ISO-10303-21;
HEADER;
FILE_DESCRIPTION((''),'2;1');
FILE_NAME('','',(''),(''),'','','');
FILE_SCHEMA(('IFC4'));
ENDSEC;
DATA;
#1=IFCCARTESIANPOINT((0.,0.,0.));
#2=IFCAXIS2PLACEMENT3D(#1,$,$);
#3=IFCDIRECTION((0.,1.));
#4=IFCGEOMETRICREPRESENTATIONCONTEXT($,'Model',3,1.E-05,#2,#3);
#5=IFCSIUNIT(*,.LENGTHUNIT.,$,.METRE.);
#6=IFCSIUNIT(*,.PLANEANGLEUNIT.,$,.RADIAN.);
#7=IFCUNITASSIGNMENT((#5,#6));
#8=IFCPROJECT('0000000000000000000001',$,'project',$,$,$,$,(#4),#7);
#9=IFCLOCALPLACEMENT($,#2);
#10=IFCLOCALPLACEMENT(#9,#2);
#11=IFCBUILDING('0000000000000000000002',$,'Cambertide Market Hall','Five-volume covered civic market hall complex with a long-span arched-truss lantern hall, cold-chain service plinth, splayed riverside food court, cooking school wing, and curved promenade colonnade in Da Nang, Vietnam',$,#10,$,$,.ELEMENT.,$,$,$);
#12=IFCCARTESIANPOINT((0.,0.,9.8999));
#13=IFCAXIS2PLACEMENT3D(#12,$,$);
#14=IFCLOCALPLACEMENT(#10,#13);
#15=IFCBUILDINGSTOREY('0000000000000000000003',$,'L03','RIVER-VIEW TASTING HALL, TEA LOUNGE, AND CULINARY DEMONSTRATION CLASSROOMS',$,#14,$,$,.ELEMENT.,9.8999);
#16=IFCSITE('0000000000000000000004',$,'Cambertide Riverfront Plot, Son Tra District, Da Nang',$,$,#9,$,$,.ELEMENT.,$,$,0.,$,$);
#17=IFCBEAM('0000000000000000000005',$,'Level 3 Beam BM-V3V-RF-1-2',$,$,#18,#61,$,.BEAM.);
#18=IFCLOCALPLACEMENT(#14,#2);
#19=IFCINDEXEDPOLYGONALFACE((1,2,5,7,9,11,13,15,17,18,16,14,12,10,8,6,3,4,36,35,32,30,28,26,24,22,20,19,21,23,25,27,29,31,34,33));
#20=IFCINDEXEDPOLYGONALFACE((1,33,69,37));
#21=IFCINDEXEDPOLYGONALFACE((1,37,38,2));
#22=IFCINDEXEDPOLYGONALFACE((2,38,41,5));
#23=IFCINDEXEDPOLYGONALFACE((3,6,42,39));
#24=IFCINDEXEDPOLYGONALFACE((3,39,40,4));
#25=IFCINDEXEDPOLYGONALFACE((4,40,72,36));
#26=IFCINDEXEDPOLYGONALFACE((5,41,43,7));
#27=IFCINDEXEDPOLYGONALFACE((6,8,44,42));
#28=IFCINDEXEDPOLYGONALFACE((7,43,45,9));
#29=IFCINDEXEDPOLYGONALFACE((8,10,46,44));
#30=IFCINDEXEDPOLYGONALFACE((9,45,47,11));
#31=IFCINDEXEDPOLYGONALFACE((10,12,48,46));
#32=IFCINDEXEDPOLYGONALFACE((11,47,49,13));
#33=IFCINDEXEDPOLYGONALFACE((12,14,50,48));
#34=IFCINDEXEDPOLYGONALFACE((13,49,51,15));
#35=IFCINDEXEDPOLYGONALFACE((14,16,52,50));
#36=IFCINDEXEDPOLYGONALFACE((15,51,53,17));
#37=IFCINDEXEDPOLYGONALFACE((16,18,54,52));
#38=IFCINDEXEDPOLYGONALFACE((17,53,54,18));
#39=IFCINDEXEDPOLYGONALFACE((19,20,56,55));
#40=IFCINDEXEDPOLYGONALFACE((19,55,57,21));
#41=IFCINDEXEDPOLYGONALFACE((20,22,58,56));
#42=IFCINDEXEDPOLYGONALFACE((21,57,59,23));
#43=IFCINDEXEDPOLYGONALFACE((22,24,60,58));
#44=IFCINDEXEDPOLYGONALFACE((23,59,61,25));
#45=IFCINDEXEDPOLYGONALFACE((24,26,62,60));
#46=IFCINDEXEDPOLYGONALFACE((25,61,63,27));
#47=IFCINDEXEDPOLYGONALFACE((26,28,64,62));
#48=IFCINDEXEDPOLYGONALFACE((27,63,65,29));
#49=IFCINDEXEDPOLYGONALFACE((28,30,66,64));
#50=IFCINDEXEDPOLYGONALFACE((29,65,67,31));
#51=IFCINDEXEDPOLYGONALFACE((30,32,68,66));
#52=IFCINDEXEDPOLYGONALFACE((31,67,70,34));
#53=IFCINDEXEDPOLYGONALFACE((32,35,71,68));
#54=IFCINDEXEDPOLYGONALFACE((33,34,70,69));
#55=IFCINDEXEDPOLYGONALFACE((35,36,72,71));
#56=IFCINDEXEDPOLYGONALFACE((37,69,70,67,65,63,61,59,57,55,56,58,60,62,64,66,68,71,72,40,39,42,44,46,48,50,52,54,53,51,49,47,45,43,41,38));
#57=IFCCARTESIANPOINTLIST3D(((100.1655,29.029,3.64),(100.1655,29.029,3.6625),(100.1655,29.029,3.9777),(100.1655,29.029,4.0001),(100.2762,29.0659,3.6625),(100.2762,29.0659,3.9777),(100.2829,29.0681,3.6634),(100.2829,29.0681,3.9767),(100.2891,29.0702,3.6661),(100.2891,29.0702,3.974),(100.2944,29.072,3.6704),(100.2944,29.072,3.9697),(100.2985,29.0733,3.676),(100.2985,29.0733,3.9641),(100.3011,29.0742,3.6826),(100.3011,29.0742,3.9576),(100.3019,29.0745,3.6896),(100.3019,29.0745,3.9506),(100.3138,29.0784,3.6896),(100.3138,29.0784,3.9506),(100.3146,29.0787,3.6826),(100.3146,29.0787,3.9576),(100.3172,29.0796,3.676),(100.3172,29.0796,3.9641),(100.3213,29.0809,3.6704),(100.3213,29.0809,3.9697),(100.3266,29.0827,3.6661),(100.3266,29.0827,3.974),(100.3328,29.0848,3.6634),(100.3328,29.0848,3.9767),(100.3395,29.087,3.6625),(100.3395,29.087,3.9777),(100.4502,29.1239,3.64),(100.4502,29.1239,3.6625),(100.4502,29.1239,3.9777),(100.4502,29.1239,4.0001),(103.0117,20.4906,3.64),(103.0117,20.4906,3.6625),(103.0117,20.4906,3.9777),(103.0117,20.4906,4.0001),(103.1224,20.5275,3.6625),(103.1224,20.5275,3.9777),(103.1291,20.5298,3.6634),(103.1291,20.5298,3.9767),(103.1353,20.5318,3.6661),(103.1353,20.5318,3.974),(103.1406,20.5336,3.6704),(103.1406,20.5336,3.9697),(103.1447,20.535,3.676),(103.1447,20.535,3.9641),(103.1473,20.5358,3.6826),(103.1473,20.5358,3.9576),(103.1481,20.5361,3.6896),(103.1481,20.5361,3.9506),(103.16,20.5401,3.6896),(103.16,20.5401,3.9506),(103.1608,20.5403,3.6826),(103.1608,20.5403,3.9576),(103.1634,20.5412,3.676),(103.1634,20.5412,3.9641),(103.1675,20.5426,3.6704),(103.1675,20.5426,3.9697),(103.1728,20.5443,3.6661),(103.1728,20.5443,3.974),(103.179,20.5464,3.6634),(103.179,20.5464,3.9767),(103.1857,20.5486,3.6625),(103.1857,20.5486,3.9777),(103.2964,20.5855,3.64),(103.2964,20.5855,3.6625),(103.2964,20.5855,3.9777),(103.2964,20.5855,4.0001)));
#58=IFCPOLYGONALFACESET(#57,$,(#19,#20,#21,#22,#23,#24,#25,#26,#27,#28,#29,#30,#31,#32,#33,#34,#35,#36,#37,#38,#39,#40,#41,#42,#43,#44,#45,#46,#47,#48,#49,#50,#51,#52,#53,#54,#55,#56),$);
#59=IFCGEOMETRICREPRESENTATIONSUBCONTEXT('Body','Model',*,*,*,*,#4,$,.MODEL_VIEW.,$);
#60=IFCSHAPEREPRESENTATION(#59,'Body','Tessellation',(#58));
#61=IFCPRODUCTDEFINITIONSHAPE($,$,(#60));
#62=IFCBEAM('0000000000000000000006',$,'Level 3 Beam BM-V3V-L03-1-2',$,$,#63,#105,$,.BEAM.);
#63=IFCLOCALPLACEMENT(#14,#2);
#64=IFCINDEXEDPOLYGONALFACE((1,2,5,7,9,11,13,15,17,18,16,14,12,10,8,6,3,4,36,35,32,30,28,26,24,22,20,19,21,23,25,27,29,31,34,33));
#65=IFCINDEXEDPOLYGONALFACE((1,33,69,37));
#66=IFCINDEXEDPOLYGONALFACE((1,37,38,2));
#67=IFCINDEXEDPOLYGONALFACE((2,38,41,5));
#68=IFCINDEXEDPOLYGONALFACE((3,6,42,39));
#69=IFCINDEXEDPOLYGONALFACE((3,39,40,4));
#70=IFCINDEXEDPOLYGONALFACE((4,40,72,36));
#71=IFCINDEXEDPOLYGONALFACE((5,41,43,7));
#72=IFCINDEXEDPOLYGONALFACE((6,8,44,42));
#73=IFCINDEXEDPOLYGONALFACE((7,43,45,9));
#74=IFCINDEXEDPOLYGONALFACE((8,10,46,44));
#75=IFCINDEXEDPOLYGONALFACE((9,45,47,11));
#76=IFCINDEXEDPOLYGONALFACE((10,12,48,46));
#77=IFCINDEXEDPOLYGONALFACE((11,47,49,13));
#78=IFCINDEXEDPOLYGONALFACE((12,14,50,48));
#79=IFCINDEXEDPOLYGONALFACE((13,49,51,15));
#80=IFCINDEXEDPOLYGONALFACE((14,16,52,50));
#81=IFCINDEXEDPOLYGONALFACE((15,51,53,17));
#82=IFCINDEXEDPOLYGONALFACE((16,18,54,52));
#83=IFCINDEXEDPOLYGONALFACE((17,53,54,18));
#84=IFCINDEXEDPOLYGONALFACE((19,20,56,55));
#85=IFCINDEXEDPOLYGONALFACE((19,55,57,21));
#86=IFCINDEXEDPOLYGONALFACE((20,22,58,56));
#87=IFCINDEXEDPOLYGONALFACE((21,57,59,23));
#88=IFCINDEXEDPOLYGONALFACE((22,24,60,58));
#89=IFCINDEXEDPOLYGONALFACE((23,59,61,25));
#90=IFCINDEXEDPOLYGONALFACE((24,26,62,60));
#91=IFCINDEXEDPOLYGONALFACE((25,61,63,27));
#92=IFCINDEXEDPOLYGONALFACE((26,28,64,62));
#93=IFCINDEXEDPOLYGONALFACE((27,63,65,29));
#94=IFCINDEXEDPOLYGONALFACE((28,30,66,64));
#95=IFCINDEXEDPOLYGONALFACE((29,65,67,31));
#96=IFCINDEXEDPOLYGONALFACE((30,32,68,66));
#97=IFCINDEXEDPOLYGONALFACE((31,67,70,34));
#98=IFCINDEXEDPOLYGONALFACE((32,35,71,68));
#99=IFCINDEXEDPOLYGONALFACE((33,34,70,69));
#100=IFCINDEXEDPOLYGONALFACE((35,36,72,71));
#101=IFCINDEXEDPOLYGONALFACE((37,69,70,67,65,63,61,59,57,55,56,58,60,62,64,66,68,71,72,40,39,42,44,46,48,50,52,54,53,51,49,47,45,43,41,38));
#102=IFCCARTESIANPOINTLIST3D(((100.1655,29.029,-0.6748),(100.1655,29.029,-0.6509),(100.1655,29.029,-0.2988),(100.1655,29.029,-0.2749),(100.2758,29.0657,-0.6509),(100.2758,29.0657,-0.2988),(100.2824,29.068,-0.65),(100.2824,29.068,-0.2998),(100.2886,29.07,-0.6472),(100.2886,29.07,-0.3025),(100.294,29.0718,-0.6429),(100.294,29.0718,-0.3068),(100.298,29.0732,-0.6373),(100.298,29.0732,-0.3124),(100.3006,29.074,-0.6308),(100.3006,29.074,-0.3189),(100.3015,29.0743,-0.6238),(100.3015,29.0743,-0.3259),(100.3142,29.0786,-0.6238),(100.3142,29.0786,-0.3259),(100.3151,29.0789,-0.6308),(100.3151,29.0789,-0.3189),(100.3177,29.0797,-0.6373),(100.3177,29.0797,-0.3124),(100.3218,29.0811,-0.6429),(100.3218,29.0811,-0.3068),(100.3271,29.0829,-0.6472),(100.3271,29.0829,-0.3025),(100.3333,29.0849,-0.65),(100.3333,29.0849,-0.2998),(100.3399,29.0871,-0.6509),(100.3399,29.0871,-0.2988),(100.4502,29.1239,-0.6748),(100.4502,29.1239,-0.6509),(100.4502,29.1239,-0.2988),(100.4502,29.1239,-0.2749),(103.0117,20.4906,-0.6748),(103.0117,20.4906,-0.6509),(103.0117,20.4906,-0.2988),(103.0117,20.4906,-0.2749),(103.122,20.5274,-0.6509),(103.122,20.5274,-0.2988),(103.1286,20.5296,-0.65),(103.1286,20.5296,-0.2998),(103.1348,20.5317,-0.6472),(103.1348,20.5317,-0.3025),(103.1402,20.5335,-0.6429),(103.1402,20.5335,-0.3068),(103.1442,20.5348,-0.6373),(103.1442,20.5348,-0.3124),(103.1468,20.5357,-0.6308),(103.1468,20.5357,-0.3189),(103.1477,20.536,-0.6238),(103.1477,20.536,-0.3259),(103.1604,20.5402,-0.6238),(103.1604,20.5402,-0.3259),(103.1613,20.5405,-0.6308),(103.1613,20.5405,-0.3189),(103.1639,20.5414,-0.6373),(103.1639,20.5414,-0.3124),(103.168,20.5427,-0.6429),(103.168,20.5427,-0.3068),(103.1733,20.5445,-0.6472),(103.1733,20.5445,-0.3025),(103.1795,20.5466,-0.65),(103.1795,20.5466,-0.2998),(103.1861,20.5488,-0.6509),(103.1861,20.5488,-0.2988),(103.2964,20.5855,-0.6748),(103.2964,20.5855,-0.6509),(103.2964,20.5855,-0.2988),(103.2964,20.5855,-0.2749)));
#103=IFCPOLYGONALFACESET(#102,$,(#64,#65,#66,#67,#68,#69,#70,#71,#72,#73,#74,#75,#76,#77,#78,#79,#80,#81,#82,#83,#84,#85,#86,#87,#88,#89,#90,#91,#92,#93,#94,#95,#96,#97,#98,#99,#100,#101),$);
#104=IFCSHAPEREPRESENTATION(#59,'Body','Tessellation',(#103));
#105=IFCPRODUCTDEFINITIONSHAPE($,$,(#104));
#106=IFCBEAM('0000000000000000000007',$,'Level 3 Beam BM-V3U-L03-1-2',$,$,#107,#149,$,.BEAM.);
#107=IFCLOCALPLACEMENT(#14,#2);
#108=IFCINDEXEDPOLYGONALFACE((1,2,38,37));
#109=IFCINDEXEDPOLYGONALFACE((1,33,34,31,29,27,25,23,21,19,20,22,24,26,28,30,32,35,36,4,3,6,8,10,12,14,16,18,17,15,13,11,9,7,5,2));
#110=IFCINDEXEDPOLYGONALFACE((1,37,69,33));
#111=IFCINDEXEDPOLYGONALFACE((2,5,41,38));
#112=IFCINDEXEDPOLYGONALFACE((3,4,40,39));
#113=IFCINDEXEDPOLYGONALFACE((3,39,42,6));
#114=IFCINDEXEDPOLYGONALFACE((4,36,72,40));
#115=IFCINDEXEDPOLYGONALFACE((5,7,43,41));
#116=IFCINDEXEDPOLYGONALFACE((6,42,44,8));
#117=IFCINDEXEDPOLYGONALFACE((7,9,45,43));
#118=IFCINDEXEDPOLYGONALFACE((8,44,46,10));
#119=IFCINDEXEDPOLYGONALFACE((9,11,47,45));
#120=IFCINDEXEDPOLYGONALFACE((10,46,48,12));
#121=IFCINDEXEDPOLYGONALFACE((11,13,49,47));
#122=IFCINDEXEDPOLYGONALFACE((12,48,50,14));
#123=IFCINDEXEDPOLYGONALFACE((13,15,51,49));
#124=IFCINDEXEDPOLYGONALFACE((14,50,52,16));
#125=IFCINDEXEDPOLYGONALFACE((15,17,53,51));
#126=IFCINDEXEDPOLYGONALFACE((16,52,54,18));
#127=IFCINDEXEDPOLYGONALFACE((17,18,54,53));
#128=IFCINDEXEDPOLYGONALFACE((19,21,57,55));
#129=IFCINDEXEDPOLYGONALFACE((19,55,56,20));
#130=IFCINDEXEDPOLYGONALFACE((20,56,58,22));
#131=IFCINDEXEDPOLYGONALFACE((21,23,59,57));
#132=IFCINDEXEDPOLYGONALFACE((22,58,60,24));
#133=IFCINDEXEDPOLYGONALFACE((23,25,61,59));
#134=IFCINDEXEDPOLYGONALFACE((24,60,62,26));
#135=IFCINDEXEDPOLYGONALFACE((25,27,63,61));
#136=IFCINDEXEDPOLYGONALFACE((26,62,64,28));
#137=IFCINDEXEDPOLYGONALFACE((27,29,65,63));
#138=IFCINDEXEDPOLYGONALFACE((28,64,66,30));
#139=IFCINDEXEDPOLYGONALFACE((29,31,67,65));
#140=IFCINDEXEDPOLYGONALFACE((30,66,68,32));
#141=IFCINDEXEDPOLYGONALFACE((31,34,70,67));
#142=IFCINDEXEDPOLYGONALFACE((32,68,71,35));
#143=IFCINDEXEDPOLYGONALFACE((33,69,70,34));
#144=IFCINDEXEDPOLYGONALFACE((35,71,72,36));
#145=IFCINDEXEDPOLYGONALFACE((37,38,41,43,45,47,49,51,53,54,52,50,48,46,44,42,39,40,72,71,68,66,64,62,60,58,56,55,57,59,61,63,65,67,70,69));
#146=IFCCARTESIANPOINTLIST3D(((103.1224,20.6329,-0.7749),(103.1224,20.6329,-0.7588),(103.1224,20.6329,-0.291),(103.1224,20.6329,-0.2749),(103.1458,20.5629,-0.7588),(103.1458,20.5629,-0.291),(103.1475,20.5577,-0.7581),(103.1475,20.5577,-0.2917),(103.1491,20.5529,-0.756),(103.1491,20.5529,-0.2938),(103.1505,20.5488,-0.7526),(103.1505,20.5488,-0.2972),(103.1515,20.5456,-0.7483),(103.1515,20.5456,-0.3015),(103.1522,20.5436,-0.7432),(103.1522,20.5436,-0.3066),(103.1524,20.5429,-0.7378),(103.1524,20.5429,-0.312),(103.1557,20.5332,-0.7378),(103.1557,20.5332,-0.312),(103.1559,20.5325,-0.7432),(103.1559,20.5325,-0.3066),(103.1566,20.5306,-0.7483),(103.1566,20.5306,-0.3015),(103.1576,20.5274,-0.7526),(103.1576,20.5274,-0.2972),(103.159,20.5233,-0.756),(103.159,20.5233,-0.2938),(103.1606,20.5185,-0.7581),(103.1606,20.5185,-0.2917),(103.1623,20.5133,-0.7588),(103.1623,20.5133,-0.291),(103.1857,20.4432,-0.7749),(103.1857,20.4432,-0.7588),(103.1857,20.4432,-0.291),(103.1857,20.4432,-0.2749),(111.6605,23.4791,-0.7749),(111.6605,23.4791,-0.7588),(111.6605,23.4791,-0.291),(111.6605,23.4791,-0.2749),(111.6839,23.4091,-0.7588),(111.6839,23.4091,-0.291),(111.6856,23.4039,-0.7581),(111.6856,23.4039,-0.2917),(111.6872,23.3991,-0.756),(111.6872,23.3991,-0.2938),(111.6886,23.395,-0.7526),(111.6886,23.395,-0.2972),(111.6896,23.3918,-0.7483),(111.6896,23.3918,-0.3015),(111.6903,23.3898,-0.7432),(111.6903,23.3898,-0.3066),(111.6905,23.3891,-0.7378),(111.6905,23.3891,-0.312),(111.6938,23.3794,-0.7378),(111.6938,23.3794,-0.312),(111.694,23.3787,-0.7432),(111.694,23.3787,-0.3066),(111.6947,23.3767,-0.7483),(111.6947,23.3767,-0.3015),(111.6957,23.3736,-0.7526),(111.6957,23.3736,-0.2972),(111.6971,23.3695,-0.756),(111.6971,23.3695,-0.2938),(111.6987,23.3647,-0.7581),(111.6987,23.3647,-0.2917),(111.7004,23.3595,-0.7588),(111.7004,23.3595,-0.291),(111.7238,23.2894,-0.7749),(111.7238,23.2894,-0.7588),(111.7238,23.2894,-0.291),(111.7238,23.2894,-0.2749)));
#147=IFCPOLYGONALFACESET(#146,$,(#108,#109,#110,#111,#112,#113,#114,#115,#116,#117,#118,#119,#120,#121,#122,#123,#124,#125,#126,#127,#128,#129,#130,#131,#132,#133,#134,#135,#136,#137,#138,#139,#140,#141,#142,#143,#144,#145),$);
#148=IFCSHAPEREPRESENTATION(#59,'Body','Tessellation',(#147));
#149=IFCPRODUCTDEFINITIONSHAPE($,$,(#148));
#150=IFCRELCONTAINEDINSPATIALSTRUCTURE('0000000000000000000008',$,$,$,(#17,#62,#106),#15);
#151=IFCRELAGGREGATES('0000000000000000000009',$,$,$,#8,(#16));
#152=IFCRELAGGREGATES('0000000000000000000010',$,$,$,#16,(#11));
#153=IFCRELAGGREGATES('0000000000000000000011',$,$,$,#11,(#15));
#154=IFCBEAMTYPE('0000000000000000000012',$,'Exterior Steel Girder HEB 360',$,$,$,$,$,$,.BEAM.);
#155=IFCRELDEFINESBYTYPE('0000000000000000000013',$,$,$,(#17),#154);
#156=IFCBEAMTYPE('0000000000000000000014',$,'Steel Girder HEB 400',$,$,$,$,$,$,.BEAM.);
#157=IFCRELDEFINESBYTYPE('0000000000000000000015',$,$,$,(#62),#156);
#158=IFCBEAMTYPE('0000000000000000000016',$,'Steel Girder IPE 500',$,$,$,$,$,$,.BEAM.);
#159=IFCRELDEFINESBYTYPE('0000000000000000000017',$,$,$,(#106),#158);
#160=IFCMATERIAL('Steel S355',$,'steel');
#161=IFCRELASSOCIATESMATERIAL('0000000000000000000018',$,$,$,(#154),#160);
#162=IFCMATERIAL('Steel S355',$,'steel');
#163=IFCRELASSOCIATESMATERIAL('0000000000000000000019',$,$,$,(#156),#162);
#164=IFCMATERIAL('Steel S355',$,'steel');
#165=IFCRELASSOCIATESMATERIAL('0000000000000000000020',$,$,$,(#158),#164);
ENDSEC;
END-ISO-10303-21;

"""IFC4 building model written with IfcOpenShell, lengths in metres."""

from ifc_helpers import new_model, si_unit, direction, frame, origin, origin_2d, place, context, subcontext, project, spatial, i_section, extrude, material, material_profile, profile_set, type_object, element, save


model = new_model("IFC4")

# Units and contexts
model_context = context("Model", 3, precision=1e-05, world=origin(), true_north=direction((0.0, 1.0)))
body_context = subcontext(model_context, "Body", "Model", "MODEL_VIEW")
ifc_project = project(units=[si_unit("LENGTHUNIT", "METRE"), si_unit("PLANEANGLEUNIT", "RADIAN")], contexts=[model_context])

# Site, building, storey
site_placement = place(None, origin())
site = spatial("IfcSite", under=ifc_project, at=site_placement, Name="Cambertide Riverfront Plot, Son Tra District, Da Nang", CompositionType="ELEMENT", RefElevation=0.0)
building_placement = place(site_placement, origin())
building = spatial("IfcBuilding", under=site, at=building_placement, Name="Cambertide Market Hall", Description="Five-volume covered civic market hall complex with a long-span arched-truss lantern hall, cold-chain service plinth, splayed riverside food court, cooking school wing, and curved promenade colonnade in Da Nang, Vietnam", CompositionType="ELEMENT")
storey_placement = place(building_placement, frame((0.0, 0.0, 9.8999)))
storey = spatial("IfcBuildingStorey", under=building, at=storey_placement, Name="L03", Description="RIVER-VIEW TASTING HALL, TEA LOUNGE, AND CULINARY DEMONSTRATION CLASSROOMS", CompositionType="ELEMENT", Elevation=9.8999)

# Beams
ifc_material_1 = material(Name="Steel S355", Category="steel")
ifc_material_profile_1 = material_profile(ifc_material_1, i_section(OverallWidth=0.3, OverallDepth=0.3601, WebThickness=0.0125, FlangeThickness=0.0225, FilletRadius=0.0271, at=origin_2d()), Name="HEB 360")
ifc_profile_set_1 = profile_set([ifc_material_profile_1], Name="Steel S355")
beam_type_1 = type_object("IfcBeamType", Name="Exterior Steel Girder HEB 360", PredefinedType="BEAM", material=ifc_profile_set_1)
beam_1_placement = place(storey_placement, frame((103.1541, 20.5381, 3.8201), z_axis=(-0.316236, 0.948681, 0.0), x_axis=(-0.948681, -0.316236, 0.0)))
element("IfcBeam", 1, at=beam_1_placement, inside=storey, type_object=beam_type_1, Name="Level 3 Beam BM-V3V-RF-1-2", PredefinedType="BEAM", context=body_context, shape_type="SweptSolid", body=[
    extrude(i_section(OverallWidth=0.3, OverallDepth=0.3601, WebThickness=0.0125, FlangeThickness=0.0225, FilletRadius=0.0271, at=origin_2d()), origin(), (0.0, 0.0, 1.0), 9.0002),
])
ifc_material_2 = material(Name="Steel S355", Category="steel")
ifc_material_profile_2 = material_profile(ifc_material_2, i_section(OverallWidth=0.3, OverallDepth=0.3999, WebThickness=0.0134, FlangeThickness=0.0239, FilletRadius=0.0271, at=origin_2d()), Name="HEB 400")
ifc_profile_set_2 = profile_set([ifc_material_profile_2], Name="Steel S355")
beam_type_2 = type_object("IfcBeamType", Name="Steel Girder HEB 400", PredefinedType="BEAM", material=ifc_profile_set_2)
beam_2_placement = place(storey_placement, frame((103.1541, 20.5381, -0.4749), z_axis=(-0.316236, 0.948681, 0.0), x_axis=(-0.948681, -0.316236, 0.0)))
element("IfcBeam", 2, at=beam_2_placement, inside=storey, type_object=beam_type_2, Name="Level 3 Beam BM-V3V-L03-1-2", PredefinedType="BEAM", context=body_context, shape_type="SweptSolid", body=[
    extrude(i_section(OverallWidth=0.3, OverallDepth=0.3999, WebThickness=0.0134, FlangeThickness=0.0239, FilletRadius=0.0271, at=origin_2d()), origin(), (0.0, 0.0, 1.0), 9.0002),
])
ifc_material_3 = material(Name="Steel S355", Category="steel")
ifc_material_profile_3 = material_profile(ifc_material_3, i_section(OverallWidth=0.2, OverallDepth=0.5, WebThickness=0.0103, FlangeThickness=0.0161, FilletRadius=0.021, at=origin_2d()), Name="IPE 500")
ifc_profile_set_3 = profile_set([ifc_material_profile_3], Name="Steel S355")
beam_type_3 = type_object("IfcBeamType", Name="Steel Girder IPE 500", PredefinedType="BEAM", material=ifc_profile_set_3)
beam_3_placement = place(storey_placement, frame((103.1541, 20.5381, -0.5249), z_axis=(0.948678, 0.316244, 0.0), x_axis=(-0.316244, 0.948678, 0.0)))
element("IfcBeam", 3, at=beam_3_placement, inside=storey, type_object=beam_type_3, Name="Level 3 Beam BM-V3U-L03-1-2", PredefinedType="BEAM", context=body_context, shape_type="SweptSolid", body=[
    extrude(i_section(OverallWidth=0.2, OverallDepth=0.5, WebThickness=0.0103, FlangeThickness=0.0161, FilletRadius=0.021, at=origin_2d()), origin(), (0.0, 0.0, 1.0), 9.0),
])

save(model, "model.ifc")
